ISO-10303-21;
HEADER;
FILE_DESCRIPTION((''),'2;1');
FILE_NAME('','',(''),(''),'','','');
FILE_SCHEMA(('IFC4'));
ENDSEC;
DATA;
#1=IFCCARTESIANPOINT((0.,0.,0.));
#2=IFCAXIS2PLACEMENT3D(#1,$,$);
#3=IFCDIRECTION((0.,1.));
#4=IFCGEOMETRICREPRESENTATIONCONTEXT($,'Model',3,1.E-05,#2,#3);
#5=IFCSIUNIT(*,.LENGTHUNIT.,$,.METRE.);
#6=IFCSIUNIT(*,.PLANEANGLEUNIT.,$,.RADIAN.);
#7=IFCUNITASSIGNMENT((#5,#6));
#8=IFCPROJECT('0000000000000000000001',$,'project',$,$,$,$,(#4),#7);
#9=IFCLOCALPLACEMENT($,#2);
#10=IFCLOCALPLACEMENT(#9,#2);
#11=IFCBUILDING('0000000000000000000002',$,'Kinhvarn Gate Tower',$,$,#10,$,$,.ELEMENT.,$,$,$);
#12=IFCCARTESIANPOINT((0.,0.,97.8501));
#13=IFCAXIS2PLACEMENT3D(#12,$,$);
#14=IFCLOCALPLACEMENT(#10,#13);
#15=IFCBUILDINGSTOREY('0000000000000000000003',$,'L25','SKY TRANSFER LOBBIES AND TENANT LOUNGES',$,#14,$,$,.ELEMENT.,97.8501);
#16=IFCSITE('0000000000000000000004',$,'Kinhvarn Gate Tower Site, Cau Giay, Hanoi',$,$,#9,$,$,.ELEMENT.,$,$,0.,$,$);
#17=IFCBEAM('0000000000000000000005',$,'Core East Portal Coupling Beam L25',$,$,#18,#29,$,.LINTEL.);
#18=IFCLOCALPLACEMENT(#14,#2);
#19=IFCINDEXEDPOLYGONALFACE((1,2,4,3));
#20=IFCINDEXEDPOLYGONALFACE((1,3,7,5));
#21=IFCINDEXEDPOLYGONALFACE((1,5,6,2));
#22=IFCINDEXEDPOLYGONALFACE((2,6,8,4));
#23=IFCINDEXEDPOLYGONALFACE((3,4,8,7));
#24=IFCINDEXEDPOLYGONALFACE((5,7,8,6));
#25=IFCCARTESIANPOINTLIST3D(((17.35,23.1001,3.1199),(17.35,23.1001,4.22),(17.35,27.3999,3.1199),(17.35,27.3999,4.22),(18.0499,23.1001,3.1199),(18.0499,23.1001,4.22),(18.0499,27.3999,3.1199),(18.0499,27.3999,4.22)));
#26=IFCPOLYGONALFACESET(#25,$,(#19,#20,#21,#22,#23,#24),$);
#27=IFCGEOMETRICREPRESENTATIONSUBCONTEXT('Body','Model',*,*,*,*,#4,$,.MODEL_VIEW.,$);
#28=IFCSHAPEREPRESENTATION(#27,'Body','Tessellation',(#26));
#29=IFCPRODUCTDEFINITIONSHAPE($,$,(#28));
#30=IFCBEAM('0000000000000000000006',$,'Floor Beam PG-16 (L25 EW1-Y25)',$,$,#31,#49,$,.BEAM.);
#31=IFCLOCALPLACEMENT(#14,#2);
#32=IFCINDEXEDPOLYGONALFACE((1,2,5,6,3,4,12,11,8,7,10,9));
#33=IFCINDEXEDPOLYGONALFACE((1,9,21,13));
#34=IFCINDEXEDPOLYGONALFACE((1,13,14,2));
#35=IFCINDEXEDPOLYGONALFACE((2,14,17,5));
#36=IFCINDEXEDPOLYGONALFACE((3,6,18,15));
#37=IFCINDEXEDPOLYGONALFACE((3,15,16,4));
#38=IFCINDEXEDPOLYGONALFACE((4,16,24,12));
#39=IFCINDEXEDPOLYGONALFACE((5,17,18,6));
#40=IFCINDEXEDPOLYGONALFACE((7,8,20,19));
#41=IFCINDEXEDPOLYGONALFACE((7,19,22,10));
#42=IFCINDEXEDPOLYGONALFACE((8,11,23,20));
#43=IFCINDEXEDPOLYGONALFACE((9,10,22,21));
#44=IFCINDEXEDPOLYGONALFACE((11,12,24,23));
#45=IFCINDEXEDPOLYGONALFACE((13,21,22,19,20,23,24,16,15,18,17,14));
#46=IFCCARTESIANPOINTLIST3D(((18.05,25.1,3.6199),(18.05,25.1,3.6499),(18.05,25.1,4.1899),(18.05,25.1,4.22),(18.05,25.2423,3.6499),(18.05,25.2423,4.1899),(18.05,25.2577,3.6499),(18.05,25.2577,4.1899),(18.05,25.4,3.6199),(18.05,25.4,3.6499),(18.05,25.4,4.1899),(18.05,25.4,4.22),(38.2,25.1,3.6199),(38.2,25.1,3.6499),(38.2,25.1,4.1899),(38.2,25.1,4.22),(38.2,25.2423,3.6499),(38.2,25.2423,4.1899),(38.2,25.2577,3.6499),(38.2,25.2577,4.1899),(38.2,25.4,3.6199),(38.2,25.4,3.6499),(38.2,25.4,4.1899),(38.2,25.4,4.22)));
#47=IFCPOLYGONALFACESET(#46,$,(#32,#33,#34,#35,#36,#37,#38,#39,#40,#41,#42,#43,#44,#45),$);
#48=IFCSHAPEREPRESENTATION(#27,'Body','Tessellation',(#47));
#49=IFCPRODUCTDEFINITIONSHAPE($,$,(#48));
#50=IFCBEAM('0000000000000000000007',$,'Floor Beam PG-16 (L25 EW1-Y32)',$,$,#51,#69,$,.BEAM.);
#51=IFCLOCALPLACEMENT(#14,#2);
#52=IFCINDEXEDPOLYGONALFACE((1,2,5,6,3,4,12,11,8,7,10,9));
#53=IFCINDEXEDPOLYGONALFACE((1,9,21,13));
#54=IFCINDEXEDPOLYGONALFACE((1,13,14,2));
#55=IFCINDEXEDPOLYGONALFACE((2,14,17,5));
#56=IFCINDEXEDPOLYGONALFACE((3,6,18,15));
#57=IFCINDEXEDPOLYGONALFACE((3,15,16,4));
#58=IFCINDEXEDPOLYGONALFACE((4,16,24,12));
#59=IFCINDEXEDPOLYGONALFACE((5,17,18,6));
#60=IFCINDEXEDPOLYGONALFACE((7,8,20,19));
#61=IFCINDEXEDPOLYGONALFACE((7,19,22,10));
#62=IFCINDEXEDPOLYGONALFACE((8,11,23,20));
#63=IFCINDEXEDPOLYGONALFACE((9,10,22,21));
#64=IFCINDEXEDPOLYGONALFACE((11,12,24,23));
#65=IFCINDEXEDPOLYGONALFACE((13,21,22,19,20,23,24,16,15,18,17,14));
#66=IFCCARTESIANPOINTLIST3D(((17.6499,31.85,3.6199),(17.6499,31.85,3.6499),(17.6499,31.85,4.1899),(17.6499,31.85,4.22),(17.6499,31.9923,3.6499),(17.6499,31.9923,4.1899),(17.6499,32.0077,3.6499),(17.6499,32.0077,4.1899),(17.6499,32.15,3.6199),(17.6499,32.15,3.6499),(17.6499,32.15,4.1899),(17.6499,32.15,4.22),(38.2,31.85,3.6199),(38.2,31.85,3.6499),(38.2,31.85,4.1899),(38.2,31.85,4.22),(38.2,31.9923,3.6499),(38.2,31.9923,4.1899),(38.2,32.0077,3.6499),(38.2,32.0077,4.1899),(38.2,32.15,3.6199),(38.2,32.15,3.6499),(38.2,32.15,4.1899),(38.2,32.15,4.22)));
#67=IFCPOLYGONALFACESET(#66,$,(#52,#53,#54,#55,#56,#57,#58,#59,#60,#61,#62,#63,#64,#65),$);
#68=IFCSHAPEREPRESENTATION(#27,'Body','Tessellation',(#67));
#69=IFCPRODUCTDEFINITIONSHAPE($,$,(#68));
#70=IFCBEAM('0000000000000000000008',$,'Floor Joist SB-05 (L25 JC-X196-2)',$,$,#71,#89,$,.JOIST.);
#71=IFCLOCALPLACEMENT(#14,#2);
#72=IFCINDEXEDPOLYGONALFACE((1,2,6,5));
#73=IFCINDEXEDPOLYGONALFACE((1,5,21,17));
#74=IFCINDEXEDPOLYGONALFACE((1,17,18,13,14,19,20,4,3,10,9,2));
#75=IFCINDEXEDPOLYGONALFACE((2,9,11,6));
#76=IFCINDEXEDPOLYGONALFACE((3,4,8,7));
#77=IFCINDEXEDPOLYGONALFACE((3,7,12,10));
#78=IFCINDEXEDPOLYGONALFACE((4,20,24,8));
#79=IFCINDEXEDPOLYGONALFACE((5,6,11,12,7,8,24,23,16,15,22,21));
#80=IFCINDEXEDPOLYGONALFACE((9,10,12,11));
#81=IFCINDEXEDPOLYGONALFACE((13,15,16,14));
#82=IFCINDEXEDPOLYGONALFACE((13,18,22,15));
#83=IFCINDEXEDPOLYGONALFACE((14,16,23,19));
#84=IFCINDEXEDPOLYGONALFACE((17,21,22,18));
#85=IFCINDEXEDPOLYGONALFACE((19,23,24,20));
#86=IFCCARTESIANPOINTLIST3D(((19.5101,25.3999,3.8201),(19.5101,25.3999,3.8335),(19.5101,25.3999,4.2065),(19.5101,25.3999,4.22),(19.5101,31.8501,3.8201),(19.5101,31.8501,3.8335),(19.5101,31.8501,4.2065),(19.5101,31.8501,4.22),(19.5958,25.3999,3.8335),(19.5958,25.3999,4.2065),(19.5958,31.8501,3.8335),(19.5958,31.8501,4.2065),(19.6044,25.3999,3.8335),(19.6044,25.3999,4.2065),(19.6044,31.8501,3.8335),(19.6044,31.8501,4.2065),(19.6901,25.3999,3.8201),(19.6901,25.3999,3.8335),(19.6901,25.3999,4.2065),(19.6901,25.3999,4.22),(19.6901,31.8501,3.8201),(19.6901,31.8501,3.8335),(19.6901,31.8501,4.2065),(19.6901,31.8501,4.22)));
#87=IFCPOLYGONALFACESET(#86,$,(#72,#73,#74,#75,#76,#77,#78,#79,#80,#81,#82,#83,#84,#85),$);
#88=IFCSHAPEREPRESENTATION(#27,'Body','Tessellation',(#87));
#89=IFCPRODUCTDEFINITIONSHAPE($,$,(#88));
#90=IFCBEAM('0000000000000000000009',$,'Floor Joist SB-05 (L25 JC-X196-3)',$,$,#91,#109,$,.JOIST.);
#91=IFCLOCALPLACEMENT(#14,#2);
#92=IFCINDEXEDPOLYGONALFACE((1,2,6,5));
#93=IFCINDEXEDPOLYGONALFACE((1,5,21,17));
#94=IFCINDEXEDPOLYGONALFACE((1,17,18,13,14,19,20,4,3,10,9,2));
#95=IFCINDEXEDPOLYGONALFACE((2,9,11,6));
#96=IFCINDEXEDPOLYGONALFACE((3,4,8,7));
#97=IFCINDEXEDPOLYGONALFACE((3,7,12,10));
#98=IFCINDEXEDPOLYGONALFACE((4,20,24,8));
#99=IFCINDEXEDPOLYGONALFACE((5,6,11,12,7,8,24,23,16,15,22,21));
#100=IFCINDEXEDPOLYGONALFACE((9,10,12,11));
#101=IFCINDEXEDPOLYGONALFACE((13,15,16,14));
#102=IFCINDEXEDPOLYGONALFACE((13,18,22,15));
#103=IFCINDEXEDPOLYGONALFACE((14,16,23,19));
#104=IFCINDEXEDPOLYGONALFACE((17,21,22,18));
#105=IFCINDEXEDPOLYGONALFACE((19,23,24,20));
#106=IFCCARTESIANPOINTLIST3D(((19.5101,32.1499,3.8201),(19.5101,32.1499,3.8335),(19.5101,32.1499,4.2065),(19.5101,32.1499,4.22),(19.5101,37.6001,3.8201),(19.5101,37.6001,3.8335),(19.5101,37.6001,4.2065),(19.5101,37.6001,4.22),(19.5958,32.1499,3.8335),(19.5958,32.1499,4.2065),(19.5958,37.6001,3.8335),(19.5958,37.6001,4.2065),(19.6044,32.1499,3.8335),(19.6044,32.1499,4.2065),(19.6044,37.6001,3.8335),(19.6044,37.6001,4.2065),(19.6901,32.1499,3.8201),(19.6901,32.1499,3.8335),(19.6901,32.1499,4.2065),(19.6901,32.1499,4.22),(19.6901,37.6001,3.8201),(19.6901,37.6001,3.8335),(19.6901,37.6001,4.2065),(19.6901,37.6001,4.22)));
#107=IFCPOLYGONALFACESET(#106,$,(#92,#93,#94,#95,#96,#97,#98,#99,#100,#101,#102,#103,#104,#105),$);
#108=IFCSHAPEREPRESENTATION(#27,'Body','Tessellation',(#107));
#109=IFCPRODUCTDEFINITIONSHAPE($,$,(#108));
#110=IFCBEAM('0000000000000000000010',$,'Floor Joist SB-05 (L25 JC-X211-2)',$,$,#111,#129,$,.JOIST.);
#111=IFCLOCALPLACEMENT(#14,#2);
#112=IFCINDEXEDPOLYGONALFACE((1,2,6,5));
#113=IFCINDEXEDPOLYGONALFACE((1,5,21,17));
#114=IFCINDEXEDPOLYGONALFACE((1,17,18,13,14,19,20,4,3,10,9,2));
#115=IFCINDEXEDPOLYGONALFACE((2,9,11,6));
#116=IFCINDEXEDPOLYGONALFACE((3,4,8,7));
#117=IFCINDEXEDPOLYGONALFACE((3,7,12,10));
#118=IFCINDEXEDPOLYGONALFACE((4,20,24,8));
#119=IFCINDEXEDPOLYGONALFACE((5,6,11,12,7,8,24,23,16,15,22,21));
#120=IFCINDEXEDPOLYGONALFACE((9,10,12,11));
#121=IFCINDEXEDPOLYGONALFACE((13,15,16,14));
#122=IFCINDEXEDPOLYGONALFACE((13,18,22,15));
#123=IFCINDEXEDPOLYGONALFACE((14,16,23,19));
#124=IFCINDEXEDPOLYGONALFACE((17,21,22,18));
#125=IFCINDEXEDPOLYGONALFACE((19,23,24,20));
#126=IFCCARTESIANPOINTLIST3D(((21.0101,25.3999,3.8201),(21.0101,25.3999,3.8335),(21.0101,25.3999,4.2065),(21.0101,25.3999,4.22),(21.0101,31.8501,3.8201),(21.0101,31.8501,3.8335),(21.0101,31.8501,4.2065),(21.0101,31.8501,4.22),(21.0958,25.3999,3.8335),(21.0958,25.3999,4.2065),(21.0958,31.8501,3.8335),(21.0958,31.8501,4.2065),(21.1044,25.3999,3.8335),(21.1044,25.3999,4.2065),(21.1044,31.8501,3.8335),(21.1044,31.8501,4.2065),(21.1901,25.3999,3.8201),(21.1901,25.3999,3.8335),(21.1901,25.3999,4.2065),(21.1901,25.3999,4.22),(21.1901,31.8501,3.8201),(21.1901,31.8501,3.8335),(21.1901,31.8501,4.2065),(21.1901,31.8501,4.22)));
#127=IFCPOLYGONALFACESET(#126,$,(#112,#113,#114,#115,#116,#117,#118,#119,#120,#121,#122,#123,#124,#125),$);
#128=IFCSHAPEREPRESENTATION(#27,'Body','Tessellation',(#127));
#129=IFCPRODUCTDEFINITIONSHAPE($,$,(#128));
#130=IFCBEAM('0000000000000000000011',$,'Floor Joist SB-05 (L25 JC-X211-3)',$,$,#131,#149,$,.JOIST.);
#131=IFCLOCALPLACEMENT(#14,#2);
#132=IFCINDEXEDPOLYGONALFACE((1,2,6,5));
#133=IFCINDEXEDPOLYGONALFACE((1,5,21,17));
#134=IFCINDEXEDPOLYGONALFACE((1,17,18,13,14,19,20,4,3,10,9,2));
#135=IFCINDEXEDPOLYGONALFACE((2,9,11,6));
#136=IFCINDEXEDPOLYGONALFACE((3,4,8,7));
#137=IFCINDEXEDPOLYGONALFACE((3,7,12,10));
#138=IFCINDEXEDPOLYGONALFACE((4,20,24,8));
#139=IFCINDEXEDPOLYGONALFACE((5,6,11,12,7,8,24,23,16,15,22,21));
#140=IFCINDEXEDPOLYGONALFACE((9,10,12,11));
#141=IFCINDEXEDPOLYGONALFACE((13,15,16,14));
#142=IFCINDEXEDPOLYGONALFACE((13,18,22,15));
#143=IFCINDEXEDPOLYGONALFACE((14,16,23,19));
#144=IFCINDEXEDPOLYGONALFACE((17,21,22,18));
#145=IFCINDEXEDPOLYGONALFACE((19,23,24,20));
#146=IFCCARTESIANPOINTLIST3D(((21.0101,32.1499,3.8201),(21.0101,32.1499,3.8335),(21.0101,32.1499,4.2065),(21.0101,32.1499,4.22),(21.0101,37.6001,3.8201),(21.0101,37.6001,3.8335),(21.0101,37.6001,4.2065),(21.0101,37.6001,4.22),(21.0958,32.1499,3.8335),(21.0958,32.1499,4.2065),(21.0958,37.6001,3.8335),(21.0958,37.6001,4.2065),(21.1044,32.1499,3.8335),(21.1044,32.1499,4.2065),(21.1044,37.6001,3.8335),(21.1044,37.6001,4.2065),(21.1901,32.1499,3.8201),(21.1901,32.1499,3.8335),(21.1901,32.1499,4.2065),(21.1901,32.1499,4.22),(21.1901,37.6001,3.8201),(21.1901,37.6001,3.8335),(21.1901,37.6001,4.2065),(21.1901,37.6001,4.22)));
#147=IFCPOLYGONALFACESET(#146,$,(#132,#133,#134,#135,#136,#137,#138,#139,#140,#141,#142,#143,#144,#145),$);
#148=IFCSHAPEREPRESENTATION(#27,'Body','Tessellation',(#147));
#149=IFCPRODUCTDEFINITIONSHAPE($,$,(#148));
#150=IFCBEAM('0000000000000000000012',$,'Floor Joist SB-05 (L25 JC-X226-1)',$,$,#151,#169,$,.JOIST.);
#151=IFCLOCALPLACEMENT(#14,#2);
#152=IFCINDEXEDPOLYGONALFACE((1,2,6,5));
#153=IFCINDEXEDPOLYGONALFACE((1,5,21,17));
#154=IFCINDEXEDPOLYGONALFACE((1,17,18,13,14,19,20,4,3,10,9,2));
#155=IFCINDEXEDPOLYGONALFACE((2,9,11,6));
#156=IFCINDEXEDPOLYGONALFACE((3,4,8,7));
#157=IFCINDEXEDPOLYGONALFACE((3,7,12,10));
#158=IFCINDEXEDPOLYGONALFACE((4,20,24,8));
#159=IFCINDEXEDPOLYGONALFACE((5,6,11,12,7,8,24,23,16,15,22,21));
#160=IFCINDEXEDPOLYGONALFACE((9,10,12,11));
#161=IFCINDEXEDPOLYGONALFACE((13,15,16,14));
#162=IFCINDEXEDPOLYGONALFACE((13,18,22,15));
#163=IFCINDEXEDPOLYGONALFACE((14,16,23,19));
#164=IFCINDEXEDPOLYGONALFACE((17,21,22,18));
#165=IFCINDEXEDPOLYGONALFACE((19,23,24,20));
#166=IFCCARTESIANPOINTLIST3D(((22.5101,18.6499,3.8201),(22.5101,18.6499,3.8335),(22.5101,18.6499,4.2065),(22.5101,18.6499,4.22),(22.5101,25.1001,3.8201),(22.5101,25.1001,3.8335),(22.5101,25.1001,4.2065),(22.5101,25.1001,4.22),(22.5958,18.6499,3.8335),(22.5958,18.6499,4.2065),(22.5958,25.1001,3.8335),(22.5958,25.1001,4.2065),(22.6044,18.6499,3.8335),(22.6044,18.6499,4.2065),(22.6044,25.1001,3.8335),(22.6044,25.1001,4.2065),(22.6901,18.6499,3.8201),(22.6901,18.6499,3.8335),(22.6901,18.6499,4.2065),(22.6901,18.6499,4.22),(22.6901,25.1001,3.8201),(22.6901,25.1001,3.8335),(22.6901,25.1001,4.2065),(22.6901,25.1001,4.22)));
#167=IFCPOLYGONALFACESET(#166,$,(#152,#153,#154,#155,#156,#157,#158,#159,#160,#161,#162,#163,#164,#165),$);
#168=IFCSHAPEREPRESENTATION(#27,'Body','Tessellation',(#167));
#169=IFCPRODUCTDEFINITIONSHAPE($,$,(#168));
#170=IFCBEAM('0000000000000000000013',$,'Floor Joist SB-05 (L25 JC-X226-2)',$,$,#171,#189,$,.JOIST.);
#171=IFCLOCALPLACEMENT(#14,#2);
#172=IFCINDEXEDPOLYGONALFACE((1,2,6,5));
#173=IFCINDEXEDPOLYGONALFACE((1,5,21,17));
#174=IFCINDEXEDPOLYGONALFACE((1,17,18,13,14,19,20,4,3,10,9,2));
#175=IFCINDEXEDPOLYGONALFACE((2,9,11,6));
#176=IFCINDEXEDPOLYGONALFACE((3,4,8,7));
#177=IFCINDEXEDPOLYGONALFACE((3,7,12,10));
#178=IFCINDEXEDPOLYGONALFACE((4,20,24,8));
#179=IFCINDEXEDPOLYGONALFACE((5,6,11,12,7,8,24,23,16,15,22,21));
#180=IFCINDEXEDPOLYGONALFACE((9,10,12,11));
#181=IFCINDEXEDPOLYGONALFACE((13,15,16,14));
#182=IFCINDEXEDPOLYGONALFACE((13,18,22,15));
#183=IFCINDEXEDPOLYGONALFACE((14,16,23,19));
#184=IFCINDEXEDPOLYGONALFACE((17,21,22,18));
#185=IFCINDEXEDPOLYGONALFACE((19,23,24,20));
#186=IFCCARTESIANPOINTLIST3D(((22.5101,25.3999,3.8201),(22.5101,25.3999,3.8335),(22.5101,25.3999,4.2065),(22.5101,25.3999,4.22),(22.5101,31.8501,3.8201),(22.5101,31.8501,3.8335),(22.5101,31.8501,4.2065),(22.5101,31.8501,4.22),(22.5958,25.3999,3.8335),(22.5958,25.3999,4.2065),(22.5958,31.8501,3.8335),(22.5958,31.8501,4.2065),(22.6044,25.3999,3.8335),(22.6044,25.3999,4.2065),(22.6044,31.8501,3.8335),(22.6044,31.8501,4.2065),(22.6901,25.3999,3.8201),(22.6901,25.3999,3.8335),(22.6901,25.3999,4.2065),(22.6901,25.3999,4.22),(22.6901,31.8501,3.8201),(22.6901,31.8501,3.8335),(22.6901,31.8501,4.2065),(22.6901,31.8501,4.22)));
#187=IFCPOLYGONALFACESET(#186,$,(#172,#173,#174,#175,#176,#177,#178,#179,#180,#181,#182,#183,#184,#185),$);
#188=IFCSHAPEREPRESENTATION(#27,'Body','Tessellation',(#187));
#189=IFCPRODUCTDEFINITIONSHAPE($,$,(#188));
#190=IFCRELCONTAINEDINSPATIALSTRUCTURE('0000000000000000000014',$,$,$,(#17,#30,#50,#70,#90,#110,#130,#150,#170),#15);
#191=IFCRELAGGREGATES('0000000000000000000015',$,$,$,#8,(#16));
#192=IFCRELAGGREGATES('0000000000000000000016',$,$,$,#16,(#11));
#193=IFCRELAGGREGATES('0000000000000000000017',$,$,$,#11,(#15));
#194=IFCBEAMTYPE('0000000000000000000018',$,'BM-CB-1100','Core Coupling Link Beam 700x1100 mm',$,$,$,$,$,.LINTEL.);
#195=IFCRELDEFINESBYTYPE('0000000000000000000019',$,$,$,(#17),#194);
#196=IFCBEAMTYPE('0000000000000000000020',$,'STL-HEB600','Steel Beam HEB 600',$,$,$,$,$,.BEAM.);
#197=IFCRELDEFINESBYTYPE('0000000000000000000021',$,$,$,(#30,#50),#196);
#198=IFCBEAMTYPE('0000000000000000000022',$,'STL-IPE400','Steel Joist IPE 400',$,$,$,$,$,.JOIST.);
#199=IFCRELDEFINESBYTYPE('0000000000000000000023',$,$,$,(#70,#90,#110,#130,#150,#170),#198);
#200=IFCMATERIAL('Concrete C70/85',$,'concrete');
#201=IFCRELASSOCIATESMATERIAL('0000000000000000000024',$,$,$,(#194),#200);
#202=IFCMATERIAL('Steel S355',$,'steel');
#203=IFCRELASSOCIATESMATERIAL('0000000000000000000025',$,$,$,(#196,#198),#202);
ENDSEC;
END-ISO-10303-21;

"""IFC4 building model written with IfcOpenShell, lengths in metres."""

from ifc_helpers import new_model, si_unit, direction, frame, origin, origin_2d, place, context, subcontext, project, spatial, rectangle, i_section, extrude, material, material_profile, profile_set, type_object, element, save


model = new_model("IFC4")

# Units and contexts
model_context = context("Model", 3, precision=1e-05, world=origin(), true_north=direction((0.0, 1.0)))
body_context = subcontext(model_context, "Body", "Model", "MODEL_VIEW")
ifc_project = project(units=[si_unit("LENGTHUNIT", "METRE"), si_unit("PLANEANGLEUNIT", "RADIAN")], contexts=[model_context])

# Site, building, storey
site_placement = place(None, origin())
site = spatial("IfcSite", under=ifc_project, at=site_placement, Name="Kinhvarn Gate Tower Site, Cau Giay, Hanoi", CompositionType="ELEMENT", RefElevation=0.0)
building_placement = place(site_placement, origin())
building = spatial("IfcBuilding", under=site, at=building_placement, Name="Kinhvarn Gate Tower", CompositionType="ELEMENT")
storey_placement = place(building_placement, frame((0.0, 0.0, 97.8501)))
storey = spatial("IfcBuildingStorey", under=building, at=storey_placement, Name="L25", Description="SKY TRANSFER LOBBIES AND TENANT LOUNGES", CompositionType="ELEMENT", Elevation=97.8501)

# Beams
ifc_material_1 = material(Name="Concrete C70/85", Category="concrete")
ifc_material_profile_1 = material_profile(ifc_material_1, rectangle(XDim=0.7, YDim=1.1001, at=origin_2d()), Name="RC 700x1100")
ifc_profile_set_1 = profile_set([ifc_material_profile_1], Name="Concrete C70/85")
beam_type_1 = type_object("IfcBeamType", Name="BM-CB-1100", Description="Core Coupling Link Beam 700x1100 mm", PredefinedType="LINTEL", material=ifc_profile_set_1)
beam_1_placement = place(storey_placement, frame((17.7, 23.1001, 3.6699), z_axis=(0.0, 1.0, 0.0), x_axis=(-1.0, 0.0, 0.0)))
element("IfcBeam", 1, at=beam_1_placement, inside=storey, type_object=beam_type_1, Name="Core East Portal Coupling Beam L25", PredefinedType="LINTEL", context=body_context, shape_type="SweptSolid", body=[
    extrude(rectangle(XDim=0.7, YDim=1.1001, at=origin_2d()), origin(), (0.0, 0.0, 1.0), 4.2998),
])
ifc_material_2 = material(Name="Steel S355", Category="steel")
ifc_material_profile_2 = material_profile(ifc_material_2, i_section(OverallWidth=0.3, OverallDepth=0.6001, WebThickness=0.0154, FlangeThickness=0.03, at=origin_2d()), Name="HEB 600")
ifc_profile_set_2 = profile_set([ifc_material_profile_2], Name="Steel S355")
beam_type_2 = type_object("IfcBeamType", Name="STL-HEB600", Description="Steel Beam HEB 600", PredefinedType="BEAM", material=ifc_profile_set_2)
beam_2_placement = place(storey_placement, frame((18.05, 25.25, 3.9199), z_axis=(1.0, 0.0, 0.0), x_axis=(0.0, 1.0, 0.0)))
element("IfcBeam", 2, at=beam_2_placement, inside=storey, type_object=beam_type_2, Name="Floor Beam PG-16 (L25 EW1-Y25)", PredefinedType="BEAM", context=body_context, shape_type="SweptSolid", body=[
    extrude(i_section(OverallWidth=0.3, OverallDepth=0.6001, WebThickness=0.0154, FlangeThickness=0.03, at=origin_2d()), origin(), (0.0, 0.0, 1.0), 20.1499),
])
beam_3_placement = place(storey_placement, frame((17.6499, 32.0, 3.9199), z_axis=(1.0, 0.0, 0.0), x_axis=(0.0, 1.0, 0.0)))
element("IfcBeam", 3, at=beam_3_placement, inside=storey, type_object=beam_type_2, Name="Floor Beam PG-16 (L25 EW1-Y32)", PredefinedType="BEAM", context=body_context, shape_type="SweptSolid", body=[
    extrude(i_section(OverallWidth=0.3, OverallDepth=0.6001, WebThickness=0.0154, FlangeThickness=0.03, at=origin_2d()), origin(), (0.0, 0.0, 1.0), 20.55),
])
ifc_material_profile_3 = material_profile(ifc_material_2, i_section(OverallWidth=0.1799, OverallDepth=0.3999, WebThickness=0.0085, FlangeThickness=0.0134, at=origin_2d()), Name="IPE 400")
ifc_profile_set_3 = profile_set([ifc_material_profile_3], Name="Steel S355")
beam_type_3 = type_object("IfcBeamType", Name="STL-IPE400", Description="Steel Joist IPE 400", PredefinedType="JOIST", material=ifc_profile_set_3)
beam_4_placement = place(storey_placement, frame((19.6001, 25.3999, 4.02), z_axis=(0.0, 1.0, 0.0), x_axis=(-1.0, 0.0, 0.0)))
element("IfcBeam", 4, at=beam_4_placement, inside=storey, type_object=beam_type_3, Name="Floor Joist SB-05 (L25 JC-X196-2)", PredefinedType="JOIST", context=body_context, shape_type="SweptSolid", body=[
    extrude(i_section(OverallWidth=0.1799, OverallDepth=0.3999, WebThickness=0.0085, FlangeThickness=0.0134, at=origin_2d()), origin(), (0.0, 0.0, 1.0), 6.4502),
])
beam_5_placement = place(storey_placement, frame((19.6001, 32.1499, 4.02), z_axis=(0.0, 1.0, 0.0), x_axis=(-1.0, 0.0, 0.0)))
element("IfcBeam", 5, at=beam_5_placement, inside=storey, type_object=beam_type_3, Name="Floor Joist SB-05 (L25 JC-X196-3)", PredefinedType="JOIST", context=body_context, shape_type="SweptSolid", body=[
    extrude(i_section(OverallWidth=0.1799, OverallDepth=0.3999, WebThickness=0.0085, FlangeThickness=0.0134, at=origin_2d()), origin(), (0.0, 0.0, 1.0), 5.4502),
])
beam_6_placement = place(storey_placement, frame((21.1001, 25.3999, 4.02), z_axis=(0.0, 1.0, 0.0), x_axis=(-1.0, 0.0, 0.0)))
element("IfcBeam", 6, at=beam_6_placement, inside=storey, type_object=beam_type_3, Name="Floor Joist SB-05 (L25 JC-X211-2)", PredefinedType="JOIST", context=body_context, shape_type="SweptSolid", body=[
    extrude(i_section(OverallWidth=0.1799, OverallDepth=0.3999, WebThickness=0.0085, FlangeThickness=0.0134, at=origin_2d()), origin(), (0.0, 0.0, 1.0), 6.4502),
])
beam_7_placement = place(storey_placement, frame((21.1001, 32.1499, 4.02), z_axis=(0.0, 1.0, 0.0), x_axis=(-1.0, 0.0, 0.0)))
element("IfcBeam", 7, at=beam_7_placement, inside=storey, type_object=beam_type_3, Name="Floor Joist SB-05 (L25 JC-X211-3)", PredefinedType="JOIST", context=body_context, shape_type="SweptSolid", body=[
    extrude(i_section(OverallWidth=0.1799, OverallDepth=0.3999, WebThickness=0.0085, FlangeThickness=0.0134, at=origin_2d()), origin(), (0.0, 0.0, 1.0), 5.4502),
])
for number, where, z_axis, x_axis, name in (
    (8, (22.6001, 18.6499, 4.02), (0.0, 1.0, 0.0), (-1.0, 0.0, 0.0), "Floor Joist SB-05 (L25 JC-X226-1)"),
    (9, (22.6001, 25.3999, 4.02), (0.0, 1.0, 0.0), (-1.0, 0.0, 0.0), "Floor Joist SB-05 (L25 JC-X226-2)"),
):
    element("IfcBeam", number, at=place(storey_placement, frame(where, z_axis=z_axis, x_axis=x_axis)), inside=storey, type_object=beam_type_3, Name=name, PredefinedType="JOIST", context=body_context, shape_type="SweptSolid", body=[
        extrude(i_section(OverallWidth=0.1799, OverallDepth=0.3999, WebThickness=0.0085, FlangeThickness=0.0134, at=origin_2d()), origin(), (0.0, 0.0, 1.0), 6.4502),
    ])

save(model, "model.ifc")
